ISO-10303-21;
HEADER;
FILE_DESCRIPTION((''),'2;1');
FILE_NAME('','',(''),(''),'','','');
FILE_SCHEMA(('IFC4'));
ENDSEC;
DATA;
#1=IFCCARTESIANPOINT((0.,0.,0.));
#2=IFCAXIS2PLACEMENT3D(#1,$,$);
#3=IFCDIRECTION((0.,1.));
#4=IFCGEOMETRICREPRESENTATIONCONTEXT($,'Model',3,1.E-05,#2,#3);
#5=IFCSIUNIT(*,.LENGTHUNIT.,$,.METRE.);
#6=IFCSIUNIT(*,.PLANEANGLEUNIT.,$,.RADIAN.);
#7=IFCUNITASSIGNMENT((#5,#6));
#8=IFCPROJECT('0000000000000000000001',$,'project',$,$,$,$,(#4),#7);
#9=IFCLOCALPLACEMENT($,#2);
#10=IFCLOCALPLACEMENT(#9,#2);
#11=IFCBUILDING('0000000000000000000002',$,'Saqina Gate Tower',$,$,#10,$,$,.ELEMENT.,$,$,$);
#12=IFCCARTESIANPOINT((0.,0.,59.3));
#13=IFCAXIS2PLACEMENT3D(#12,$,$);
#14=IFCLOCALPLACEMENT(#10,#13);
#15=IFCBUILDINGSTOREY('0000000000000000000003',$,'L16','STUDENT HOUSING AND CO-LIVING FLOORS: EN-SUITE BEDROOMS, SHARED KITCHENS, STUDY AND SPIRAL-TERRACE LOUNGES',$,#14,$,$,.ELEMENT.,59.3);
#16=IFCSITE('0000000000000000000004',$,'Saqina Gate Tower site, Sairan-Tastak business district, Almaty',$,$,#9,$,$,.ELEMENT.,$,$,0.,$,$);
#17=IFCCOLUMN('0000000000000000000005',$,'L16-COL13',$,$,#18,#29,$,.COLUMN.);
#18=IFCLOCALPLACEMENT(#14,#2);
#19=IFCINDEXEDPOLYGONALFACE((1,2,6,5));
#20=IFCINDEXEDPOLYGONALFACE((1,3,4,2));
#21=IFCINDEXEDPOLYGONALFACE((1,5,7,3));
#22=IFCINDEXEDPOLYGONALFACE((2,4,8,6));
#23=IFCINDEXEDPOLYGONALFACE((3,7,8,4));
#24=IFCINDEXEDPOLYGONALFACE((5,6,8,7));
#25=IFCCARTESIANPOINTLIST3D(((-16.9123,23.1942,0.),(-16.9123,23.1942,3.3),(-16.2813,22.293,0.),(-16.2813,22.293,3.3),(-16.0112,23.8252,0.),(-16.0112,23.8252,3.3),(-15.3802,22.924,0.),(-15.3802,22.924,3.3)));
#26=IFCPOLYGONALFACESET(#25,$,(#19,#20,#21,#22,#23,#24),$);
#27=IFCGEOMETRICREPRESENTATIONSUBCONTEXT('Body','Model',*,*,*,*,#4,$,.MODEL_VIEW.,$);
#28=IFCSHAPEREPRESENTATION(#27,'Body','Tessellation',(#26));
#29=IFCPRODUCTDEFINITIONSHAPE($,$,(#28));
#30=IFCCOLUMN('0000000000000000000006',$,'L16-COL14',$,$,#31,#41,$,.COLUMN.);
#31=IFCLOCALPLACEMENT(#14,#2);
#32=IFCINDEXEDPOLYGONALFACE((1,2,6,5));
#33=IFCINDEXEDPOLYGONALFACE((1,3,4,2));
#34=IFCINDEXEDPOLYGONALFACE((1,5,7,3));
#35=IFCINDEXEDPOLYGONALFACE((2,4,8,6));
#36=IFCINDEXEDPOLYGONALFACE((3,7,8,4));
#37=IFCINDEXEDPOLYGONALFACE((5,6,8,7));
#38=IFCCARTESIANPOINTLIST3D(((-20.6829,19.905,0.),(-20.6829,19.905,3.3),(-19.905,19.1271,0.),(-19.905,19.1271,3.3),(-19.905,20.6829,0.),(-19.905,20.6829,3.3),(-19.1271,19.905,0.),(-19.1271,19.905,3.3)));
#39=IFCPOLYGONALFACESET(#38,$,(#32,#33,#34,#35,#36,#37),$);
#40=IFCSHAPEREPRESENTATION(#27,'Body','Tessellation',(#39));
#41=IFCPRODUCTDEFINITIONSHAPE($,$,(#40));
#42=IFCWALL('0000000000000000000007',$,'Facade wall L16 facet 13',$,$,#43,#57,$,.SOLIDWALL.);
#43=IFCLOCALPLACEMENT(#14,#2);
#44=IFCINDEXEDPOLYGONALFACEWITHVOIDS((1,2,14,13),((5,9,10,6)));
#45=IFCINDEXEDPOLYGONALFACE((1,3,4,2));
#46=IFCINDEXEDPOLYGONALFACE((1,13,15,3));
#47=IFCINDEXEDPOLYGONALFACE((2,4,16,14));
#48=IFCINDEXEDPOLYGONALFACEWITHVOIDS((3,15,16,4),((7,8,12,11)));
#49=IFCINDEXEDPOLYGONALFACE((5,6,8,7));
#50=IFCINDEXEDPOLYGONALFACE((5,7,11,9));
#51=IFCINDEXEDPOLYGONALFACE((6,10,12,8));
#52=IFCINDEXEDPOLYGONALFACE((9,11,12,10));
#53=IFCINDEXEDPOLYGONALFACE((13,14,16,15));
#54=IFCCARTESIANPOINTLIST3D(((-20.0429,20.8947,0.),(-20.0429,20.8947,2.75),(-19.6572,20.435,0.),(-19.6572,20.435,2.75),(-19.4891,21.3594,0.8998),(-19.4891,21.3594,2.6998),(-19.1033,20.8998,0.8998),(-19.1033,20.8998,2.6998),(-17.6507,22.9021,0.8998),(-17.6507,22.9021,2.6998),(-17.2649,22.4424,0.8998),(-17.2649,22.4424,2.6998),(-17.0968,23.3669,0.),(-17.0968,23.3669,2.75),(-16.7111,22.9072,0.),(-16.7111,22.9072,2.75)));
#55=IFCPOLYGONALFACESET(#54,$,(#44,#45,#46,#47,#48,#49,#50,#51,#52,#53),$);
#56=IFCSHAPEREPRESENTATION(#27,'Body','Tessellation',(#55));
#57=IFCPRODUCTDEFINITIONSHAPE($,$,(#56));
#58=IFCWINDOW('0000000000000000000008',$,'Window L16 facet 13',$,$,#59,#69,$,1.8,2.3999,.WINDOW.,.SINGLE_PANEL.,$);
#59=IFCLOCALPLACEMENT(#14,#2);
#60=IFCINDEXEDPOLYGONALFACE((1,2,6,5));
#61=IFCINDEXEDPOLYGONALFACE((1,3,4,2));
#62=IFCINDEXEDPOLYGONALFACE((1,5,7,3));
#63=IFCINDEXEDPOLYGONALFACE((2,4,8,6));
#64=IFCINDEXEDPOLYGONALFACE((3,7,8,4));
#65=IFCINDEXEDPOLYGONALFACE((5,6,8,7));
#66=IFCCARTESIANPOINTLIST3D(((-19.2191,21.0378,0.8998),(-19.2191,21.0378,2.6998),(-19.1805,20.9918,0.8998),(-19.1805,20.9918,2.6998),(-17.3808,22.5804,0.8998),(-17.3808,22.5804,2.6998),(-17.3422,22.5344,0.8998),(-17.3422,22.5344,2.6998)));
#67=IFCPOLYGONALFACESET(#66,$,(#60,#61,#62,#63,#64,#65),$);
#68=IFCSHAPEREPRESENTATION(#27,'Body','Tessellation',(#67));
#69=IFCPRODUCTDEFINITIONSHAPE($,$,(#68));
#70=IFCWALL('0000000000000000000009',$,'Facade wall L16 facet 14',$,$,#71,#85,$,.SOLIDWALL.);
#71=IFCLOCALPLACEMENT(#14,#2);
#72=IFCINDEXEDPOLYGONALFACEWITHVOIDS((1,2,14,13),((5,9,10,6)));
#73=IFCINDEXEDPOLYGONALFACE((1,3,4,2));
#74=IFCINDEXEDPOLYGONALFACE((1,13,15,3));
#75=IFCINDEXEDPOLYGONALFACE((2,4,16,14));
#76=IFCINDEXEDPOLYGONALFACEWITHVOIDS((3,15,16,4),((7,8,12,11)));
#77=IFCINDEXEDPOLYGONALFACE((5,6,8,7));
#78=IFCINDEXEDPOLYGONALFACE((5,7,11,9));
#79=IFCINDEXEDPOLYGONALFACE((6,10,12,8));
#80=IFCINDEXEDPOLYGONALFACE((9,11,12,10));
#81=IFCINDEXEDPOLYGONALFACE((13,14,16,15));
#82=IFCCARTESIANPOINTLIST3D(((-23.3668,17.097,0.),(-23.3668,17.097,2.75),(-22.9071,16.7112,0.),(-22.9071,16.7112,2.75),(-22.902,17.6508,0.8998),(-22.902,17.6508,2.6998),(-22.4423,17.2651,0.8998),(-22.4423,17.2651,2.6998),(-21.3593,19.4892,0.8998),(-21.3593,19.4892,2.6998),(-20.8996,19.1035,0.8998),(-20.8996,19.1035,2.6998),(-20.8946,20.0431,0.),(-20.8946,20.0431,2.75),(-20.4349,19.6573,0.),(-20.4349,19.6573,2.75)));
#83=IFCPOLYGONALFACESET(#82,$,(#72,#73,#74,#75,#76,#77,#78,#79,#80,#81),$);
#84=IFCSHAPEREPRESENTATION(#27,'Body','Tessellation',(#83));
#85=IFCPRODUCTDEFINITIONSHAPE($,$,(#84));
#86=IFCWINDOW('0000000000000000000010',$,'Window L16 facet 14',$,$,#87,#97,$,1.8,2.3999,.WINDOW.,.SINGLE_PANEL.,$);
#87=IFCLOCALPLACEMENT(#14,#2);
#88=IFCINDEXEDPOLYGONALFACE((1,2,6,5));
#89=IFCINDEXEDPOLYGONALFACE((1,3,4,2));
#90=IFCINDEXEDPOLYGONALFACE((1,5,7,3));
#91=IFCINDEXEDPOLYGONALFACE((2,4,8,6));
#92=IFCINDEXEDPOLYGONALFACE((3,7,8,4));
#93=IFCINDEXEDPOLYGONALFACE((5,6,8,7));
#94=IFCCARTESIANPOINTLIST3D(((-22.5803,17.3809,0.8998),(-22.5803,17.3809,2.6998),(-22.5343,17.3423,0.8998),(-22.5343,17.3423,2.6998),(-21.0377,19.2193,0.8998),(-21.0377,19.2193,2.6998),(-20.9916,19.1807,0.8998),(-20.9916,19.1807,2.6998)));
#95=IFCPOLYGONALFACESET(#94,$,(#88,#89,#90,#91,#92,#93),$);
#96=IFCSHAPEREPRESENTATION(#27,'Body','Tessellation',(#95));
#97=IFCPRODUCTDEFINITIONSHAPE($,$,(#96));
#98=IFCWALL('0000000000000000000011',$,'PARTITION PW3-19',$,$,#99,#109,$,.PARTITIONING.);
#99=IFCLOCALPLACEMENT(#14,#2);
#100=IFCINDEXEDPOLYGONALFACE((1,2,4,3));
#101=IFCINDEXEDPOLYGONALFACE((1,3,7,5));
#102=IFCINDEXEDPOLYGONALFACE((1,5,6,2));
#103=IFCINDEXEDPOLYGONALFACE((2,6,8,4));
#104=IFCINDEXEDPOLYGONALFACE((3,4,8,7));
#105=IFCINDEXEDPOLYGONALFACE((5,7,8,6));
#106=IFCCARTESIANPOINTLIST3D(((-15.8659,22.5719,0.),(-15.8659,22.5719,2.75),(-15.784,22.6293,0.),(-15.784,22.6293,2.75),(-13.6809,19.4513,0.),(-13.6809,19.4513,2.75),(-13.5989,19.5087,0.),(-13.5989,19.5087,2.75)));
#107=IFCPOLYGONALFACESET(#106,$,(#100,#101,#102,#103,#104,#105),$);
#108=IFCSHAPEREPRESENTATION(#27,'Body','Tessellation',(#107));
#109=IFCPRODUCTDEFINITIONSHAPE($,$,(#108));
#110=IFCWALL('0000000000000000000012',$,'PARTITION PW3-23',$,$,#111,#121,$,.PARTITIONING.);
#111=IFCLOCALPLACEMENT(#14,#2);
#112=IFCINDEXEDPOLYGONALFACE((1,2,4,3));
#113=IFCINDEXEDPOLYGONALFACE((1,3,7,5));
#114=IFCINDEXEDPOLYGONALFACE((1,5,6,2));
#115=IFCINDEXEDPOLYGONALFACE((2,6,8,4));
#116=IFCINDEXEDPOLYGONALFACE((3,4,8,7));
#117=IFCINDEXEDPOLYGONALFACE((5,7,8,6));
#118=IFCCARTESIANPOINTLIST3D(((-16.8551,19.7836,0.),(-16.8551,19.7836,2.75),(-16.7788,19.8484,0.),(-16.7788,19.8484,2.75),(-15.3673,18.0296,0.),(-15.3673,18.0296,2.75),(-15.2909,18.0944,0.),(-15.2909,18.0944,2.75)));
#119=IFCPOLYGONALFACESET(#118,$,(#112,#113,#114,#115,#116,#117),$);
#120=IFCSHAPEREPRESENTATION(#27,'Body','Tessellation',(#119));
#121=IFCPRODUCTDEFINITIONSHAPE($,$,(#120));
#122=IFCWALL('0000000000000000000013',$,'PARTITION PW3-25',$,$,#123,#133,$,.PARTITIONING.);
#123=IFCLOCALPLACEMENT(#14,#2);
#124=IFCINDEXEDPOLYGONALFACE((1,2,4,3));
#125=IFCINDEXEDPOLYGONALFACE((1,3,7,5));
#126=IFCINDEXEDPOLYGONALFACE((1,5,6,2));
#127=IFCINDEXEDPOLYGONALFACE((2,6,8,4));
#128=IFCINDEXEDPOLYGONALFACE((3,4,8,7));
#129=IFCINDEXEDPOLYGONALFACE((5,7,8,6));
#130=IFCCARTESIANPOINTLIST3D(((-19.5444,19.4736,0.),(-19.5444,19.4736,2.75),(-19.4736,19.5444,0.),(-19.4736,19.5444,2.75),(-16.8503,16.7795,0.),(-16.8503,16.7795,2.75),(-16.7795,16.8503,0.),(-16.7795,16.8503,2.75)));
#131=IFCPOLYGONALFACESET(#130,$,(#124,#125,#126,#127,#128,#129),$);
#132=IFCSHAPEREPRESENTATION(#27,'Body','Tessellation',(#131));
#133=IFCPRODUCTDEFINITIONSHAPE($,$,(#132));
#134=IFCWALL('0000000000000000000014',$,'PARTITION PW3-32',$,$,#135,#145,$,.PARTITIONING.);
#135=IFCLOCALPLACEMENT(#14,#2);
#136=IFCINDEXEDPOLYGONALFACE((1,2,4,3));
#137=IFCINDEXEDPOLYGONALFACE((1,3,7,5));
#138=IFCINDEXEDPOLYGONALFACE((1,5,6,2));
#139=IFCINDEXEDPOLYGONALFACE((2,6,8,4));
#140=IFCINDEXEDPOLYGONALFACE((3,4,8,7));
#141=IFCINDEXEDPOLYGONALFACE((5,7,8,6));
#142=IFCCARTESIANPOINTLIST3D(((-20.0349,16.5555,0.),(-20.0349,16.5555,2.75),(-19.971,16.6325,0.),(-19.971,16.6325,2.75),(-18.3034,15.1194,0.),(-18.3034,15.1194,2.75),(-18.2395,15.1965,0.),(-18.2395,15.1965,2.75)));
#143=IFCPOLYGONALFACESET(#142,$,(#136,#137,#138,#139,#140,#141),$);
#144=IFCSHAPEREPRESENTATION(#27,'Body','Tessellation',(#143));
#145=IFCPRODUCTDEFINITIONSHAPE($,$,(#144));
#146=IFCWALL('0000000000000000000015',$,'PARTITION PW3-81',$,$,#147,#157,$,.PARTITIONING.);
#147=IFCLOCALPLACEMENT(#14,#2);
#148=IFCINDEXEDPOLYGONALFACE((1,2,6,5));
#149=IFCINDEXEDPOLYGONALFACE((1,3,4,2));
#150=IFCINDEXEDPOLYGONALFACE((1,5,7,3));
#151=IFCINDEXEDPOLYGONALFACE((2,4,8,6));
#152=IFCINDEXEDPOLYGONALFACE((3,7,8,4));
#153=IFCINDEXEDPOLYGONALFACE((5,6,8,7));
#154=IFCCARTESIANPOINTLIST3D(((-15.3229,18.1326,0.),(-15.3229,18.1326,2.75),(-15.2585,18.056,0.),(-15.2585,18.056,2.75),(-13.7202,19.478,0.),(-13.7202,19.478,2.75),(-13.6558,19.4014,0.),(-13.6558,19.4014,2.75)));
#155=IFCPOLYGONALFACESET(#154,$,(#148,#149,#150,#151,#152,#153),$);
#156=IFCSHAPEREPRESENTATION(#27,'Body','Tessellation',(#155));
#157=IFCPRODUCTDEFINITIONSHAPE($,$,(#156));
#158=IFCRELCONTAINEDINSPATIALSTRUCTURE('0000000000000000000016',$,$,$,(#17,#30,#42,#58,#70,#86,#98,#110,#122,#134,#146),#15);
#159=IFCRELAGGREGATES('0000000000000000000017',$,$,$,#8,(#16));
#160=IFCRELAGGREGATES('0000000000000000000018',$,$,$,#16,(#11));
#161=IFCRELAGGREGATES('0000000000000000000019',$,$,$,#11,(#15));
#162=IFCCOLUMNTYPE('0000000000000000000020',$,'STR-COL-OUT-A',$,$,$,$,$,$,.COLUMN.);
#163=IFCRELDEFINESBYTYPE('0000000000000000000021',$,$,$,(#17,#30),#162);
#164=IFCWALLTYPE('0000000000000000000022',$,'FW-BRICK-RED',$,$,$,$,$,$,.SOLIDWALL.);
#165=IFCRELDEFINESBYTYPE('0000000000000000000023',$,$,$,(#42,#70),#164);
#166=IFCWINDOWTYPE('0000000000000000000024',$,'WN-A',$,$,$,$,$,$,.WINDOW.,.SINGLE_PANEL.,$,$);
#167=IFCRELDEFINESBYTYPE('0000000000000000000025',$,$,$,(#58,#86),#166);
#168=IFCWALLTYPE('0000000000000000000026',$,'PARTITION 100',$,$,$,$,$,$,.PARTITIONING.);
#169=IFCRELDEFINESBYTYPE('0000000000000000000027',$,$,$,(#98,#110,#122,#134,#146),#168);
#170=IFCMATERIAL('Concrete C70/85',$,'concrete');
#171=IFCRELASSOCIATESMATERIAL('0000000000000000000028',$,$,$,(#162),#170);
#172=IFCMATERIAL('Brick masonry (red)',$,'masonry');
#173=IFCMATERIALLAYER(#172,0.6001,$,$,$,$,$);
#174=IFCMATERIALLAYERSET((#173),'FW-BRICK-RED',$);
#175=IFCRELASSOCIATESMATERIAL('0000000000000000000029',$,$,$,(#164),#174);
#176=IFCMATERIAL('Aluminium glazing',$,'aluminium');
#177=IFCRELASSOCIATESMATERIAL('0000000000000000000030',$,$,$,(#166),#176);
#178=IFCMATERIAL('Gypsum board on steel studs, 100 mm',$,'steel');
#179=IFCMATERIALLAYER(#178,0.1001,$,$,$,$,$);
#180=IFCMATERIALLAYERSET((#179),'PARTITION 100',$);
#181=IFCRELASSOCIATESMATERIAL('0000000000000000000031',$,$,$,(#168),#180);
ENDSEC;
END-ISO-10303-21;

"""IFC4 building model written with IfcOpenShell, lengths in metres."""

from ifc_helpers import new_model, si_unit, direction, frame, frame_2d, origin, origin_2d, place, context, subcontext, project, spatial, rectangle, extrude, material, layer, layer_set, material_profile, profile_set, type_object, element, fill, save


model = new_model("IFC4")

# Units and contexts
model_context = context("Model", 3, precision=1e-05, world=origin(), true_north=direction((0.0, 1.0)))
body_context = subcontext(model_context, "Body", "Model", "MODEL_VIEW")
ifc_project = project(units=[si_unit("LENGTHUNIT", "METRE"), si_unit("PLANEANGLEUNIT", "RADIAN")], contexts=[model_context])

# Site, building, storey
site_placement = place(None, origin())
site = spatial("IfcSite", under=ifc_project, at=site_placement, Name="Saqina Gate Tower site, Sairan-Tastak business district, Almaty", CompositionType="ELEMENT", RefElevation=0.0)
building_placement = place(site_placement, origin())
building = spatial("IfcBuilding", under=site, at=building_placement, Name="Saqina Gate Tower", CompositionType="ELEMENT")
storey_placement = place(building_placement, frame((0.0, 0.0, 59.3)))
storey = spatial("IfcBuildingStorey", under=building, at=storey_placement, Name="L16", Description="STUDENT HOUSING AND CO-LIVING FLOORS: EN-SUITE BEDROOMS, SHARED KITCHENS, STUDY AND SPIRAL-TERRACE LOUNGES", CompositionType="ELEMENT", Elevation=59.3)

# Columns
ifc_material_1 = material(Name="Concrete C70/85", Category="concrete")
ifc_material_profile = material_profile(ifc_material_1, rectangle(XDim=1.1001, YDim=1.1001, at=origin_2d()), Name="RC 1100x1100")
ifc_profile_set = profile_set([ifc_material_profile], Name="Concrete C70/85")
column_type = type_object("IfcColumnType", Name="STR-COL-OUT-A", PredefinedType="COLUMN", material=ifc_profile_set)
for number, where, z_axis, x_axis, name in (
    (1, (-16.1462, 23.0591, 0.0), (0.0, 0.0, 1.0), (-0.573576, 0.819152, 0.0), "L16-COL13"),
    (2, (-19.905, 19.905, 0.0), (0.0, 0.0, 1.0), (-0.707107, 0.707107, 0.0), "L16-COL14"),
):
    element("IfcColumn", number, at=place(storey_placement, frame(where, z_axis=z_axis, x_axis=x_axis)), inside=storey, type_object=column_type, Name=name, PredefinedType="COLUMN", context=body_context, shape_type="SweptSolid", body=[
        extrude(rectangle(XDim=1.1001, YDim=1.1001, at=origin_2d()), origin(), (0.0, 0.0, 1.0), 3.3),
    ])

# Walls, openings, windows
ifc_material_2 = material(Name="Brick masonry (red)", Category="masonry")
ifc_layer_1 = layer(ifc_material_2, 0.6001)
ifc_layer_set_1 = layer_set([ifc_layer_1], Name="FW-BRICK-RED")
wall_type_1 = type_object("IfcWallType", Name="FW-BRICK-RED", PredefinedType="SOLIDWALL", material=ifc_layer_set_1)
wall_1_placement = place(storey_placement, frame((-16.9041, 23.137, 0.0), z_axis=(0.0, 0.0, 1.0), x_axis=(-0.766026, -0.642809, 0.0)))
wall_1 = element("IfcWall", 3, at=wall_1_placement, inside=storey, type_object=wall_type_1, Name="Facade wall L16 facet 13", PredefinedType="SOLIDWALL", context=body_context, shape_type="SweptSolid", body=[
    extrude(rectangle(XDim=3.8459, YDim=0.6001, at=frame_2d((1.9229, 0.0))), origin(), (0.0, 0.0, 1.0), 2.75),
])
opening_1_placement = place(wall_1_placement, frame((0.7229, 0.0, 0.8999)))
opening_1 = element("IfcOpeningElement", 4, at=opening_1_placement, cuts=wall_1, PredefinedType="OPENING", context=body_context, shape_type="SweptSolid", body=[
    extrude(rectangle(XDim=2.3999, YDim=1.8, at=frame_2d((1.2, 0.8999))), frame((0.0, 0.312, 0.0), z_axis=(0.0, -1.0, 0.0), x_axis=(1.0, 0.0, 0.0)), (0.0, 0.0, 1.0), 0.624),
])
ifc_material_3 = material(Name="Aluminium glazing", Category="aluminium")
window_type = type_object("IfcWindowType", Name="WN-A", PartitioningType="SINGLE_PANEL", PredefinedType="WINDOW", material=ifc_material_3)
window_1_placement = place(opening_1_placement, origin())
window_1 = element("IfcWindow", 5, at=window_1_placement, inside=storey, type_object=window_type, Name="Window L16 facet 13", OverallHeight=1.8, OverallWidth=2.3999, PartitioningType="SINGLE_PANEL", PredefinedType="WINDOW", context=body_context, shape_type="SweptSolid", body=[
    extrude(rectangle(XDim=2.3999, YDim=1.8, at=frame_2d((1.2, 0.8999))), frame((0.0, 0.1799, 0.0), z_axis=(0.0, -1.0, 0.0), x_axis=(1.0, 0.0, 0.0)), (0.0, 0.0, 1.0), 0.0601),
])
fill(opening_1, window_1)
wall_2_placement = place(storey_placement, frame((-20.6648, 19.8501, 0.0), z_axis=(0.0, 0.0, 1.0), x_axis=(-0.642809, -0.766026, 0.0)))
wall_2 = element("IfcWall", 6, at=wall_2_placement, inside=storey, type_object=wall_type_1, Name="Facade wall L16 facet 14", PredefinedType="SOLIDWALL", context=body_context, shape_type="SweptSolid", body=[
    extrude(rectangle(XDim=3.8459, YDim=0.6001, at=frame_2d((1.9229, 0.0))), origin(), (0.0, 0.0, 1.0), 2.75),
])
opening_2_placement = place(wall_2_placement, frame((0.7229, 0.0, 0.8999)))
opening_2 = element("IfcOpeningElement", 7, at=opening_2_placement, cuts=wall_2, PredefinedType="OPENING", context=body_context, shape_type="SweptSolid", body=[
    extrude(rectangle(XDim=2.3999, YDim=1.8, at=frame_2d((1.2, 0.8999))), frame((0.0, 0.312, 0.0), z_axis=(0.0, -1.0, 0.0), x_axis=(1.0, 0.0, 0.0)), (0.0, 0.0, 1.0), 0.624),
])
window_2_placement = place(opening_2_placement, origin())
window_2 = element("IfcWindow", 8, at=window_2_placement, inside=storey, type_object=window_type, Name="Window L16 facet 14", OverallHeight=1.8, OverallWidth=2.3999, PartitioningType="SINGLE_PANEL", PredefinedType="WINDOW", context=body_context, shape_type="SweptSolid", body=[
    extrude(rectangle(XDim=2.3999, YDim=1.8, at=frame_2d((1.2, 0.8999))), frame((0.0, 0.1799, 0.0), z_axis=(0.0, -1.0, 0.0), x_axis=(1.0, 0.0, 0.0)), (0.0, 0.0, 1.0), 0.0601),
])
fill(opening_2, window_2)

# Walls
ifc_material_4 = material(Name="Gypsum board on steel studs, 100 mm", Category="steel")
ifc_layer_2 = layer(ifc_material_4, 0.1001)
ifc_layer_set_2 = layer_set([ifc_layer_2], Name="PARTITION 100")
wall_type_2 = type_object("IfcWallType", Name="PARTITION 100", PredefinedType="PARTITIONING", material=ifc_layer_set_2)
wall_3_placement = place(storey_placement, frame((-15.825, 22.6006, 0.0), z_axis=(0.0, 0.0, 1.0), x_axis=(0.573574, -0.819154, 0.0)))
element("IfcWall", 9, at=wall_3_placement, inside=storey, type_object=wall_type_2, Name="PARTITION PW3-19", PredefinedType="PARTITIONING", context=body_context, shape_type="SweptSolid", body=[
    extrude(rectangle(XDim=3.8096, YDim=0.1001, at=frame_2d((1.9048, 0.0))), origin(), (0.0, 0.0, 1.0), 2.75),
])
wall_4_placement = place(storey_placement, frame((-16.8169, 19.8159, 0.0), z_axis=(0.0, 0.0, 1.0), x_axis=(0.646884, -0.762588, 0.0)))
element("IfcWall", 10, at=wall_4_placement, inside=storey, type_object=wall_type_2, Name="PARTITION PW3-23", PredefinedType="PARTITIONING", context=body_context, shape_type="SweptSolid", body=[
    extrude(rectangle(XDim=2.3, YDim=0.1001, at=frame_2d((1.1499, 0.0))), origin(), (0.0, 0.0, 1.0), 2.75),
])
wall_5_placement = place(storey_placement, frame((-19.509, 19.509, 0.0), z_axis=(0.0, 0.0, 1.0), x_axis=(0.707107, -0.707107, 0.0)))
element("IfcWall", 11, at=wall_5_placement, inside=storey, type_object=wall_type_2, Name="PARTITION PW3-25", PredefinedType="PARTITIONING", context=body_context, shape_type="SweptSolid", body=[
    extrude(rectangle(XDim=3.8101, YDim=0.1001, at=frame_2d((1.905, 0.0))), origin(), (0.0, 0.0, 1.0), 2.75),
])
wall_6_placement = place(storey_placement, frame((-20.0029, 16.594, 0.0), z_axis=(0.0, 0.0, 1.0), x_axis=(0.769714, -0.638389, 0.0)))
element("IfcWall", 12, at=wall_6_placement, inside=storey, type_object=wall_type_2, Name="PARTITION PW3-32", PredefinedType="PARTITIONING", context=body_context, shape_type="SweptSolid", body=[
    extrude(rectangle(XDim=2.2495, YDim=0.1001, at=frame_2d((1.1248, 0.0))), origin(), (0.0, 0.0, 1.0), 2.75),
])
wall_7_placement = place(storey_placement, frame((-15.2908, 18.0942, 0.0), z_axis=(0.0, 0.0, 1.0), x_axis=(0.765912, 0.642946, 0.0)))
element("IfcWall", 13, at=wall_7_placement, inside=storey, type_object=wall_type_2, Name="PARTITION PW3-81", PredefinedType="PARTITIONING", context=body_context, shape_type="SweptSolid", body=[
    extrude(rectangle(XDim=2.0925, YDim=0.1001, at=frame_2d((1.0464, 0.0))), origin(), (0.0, 0.0, 1.0), 2.75),
])

save(model, "model.ifc")
